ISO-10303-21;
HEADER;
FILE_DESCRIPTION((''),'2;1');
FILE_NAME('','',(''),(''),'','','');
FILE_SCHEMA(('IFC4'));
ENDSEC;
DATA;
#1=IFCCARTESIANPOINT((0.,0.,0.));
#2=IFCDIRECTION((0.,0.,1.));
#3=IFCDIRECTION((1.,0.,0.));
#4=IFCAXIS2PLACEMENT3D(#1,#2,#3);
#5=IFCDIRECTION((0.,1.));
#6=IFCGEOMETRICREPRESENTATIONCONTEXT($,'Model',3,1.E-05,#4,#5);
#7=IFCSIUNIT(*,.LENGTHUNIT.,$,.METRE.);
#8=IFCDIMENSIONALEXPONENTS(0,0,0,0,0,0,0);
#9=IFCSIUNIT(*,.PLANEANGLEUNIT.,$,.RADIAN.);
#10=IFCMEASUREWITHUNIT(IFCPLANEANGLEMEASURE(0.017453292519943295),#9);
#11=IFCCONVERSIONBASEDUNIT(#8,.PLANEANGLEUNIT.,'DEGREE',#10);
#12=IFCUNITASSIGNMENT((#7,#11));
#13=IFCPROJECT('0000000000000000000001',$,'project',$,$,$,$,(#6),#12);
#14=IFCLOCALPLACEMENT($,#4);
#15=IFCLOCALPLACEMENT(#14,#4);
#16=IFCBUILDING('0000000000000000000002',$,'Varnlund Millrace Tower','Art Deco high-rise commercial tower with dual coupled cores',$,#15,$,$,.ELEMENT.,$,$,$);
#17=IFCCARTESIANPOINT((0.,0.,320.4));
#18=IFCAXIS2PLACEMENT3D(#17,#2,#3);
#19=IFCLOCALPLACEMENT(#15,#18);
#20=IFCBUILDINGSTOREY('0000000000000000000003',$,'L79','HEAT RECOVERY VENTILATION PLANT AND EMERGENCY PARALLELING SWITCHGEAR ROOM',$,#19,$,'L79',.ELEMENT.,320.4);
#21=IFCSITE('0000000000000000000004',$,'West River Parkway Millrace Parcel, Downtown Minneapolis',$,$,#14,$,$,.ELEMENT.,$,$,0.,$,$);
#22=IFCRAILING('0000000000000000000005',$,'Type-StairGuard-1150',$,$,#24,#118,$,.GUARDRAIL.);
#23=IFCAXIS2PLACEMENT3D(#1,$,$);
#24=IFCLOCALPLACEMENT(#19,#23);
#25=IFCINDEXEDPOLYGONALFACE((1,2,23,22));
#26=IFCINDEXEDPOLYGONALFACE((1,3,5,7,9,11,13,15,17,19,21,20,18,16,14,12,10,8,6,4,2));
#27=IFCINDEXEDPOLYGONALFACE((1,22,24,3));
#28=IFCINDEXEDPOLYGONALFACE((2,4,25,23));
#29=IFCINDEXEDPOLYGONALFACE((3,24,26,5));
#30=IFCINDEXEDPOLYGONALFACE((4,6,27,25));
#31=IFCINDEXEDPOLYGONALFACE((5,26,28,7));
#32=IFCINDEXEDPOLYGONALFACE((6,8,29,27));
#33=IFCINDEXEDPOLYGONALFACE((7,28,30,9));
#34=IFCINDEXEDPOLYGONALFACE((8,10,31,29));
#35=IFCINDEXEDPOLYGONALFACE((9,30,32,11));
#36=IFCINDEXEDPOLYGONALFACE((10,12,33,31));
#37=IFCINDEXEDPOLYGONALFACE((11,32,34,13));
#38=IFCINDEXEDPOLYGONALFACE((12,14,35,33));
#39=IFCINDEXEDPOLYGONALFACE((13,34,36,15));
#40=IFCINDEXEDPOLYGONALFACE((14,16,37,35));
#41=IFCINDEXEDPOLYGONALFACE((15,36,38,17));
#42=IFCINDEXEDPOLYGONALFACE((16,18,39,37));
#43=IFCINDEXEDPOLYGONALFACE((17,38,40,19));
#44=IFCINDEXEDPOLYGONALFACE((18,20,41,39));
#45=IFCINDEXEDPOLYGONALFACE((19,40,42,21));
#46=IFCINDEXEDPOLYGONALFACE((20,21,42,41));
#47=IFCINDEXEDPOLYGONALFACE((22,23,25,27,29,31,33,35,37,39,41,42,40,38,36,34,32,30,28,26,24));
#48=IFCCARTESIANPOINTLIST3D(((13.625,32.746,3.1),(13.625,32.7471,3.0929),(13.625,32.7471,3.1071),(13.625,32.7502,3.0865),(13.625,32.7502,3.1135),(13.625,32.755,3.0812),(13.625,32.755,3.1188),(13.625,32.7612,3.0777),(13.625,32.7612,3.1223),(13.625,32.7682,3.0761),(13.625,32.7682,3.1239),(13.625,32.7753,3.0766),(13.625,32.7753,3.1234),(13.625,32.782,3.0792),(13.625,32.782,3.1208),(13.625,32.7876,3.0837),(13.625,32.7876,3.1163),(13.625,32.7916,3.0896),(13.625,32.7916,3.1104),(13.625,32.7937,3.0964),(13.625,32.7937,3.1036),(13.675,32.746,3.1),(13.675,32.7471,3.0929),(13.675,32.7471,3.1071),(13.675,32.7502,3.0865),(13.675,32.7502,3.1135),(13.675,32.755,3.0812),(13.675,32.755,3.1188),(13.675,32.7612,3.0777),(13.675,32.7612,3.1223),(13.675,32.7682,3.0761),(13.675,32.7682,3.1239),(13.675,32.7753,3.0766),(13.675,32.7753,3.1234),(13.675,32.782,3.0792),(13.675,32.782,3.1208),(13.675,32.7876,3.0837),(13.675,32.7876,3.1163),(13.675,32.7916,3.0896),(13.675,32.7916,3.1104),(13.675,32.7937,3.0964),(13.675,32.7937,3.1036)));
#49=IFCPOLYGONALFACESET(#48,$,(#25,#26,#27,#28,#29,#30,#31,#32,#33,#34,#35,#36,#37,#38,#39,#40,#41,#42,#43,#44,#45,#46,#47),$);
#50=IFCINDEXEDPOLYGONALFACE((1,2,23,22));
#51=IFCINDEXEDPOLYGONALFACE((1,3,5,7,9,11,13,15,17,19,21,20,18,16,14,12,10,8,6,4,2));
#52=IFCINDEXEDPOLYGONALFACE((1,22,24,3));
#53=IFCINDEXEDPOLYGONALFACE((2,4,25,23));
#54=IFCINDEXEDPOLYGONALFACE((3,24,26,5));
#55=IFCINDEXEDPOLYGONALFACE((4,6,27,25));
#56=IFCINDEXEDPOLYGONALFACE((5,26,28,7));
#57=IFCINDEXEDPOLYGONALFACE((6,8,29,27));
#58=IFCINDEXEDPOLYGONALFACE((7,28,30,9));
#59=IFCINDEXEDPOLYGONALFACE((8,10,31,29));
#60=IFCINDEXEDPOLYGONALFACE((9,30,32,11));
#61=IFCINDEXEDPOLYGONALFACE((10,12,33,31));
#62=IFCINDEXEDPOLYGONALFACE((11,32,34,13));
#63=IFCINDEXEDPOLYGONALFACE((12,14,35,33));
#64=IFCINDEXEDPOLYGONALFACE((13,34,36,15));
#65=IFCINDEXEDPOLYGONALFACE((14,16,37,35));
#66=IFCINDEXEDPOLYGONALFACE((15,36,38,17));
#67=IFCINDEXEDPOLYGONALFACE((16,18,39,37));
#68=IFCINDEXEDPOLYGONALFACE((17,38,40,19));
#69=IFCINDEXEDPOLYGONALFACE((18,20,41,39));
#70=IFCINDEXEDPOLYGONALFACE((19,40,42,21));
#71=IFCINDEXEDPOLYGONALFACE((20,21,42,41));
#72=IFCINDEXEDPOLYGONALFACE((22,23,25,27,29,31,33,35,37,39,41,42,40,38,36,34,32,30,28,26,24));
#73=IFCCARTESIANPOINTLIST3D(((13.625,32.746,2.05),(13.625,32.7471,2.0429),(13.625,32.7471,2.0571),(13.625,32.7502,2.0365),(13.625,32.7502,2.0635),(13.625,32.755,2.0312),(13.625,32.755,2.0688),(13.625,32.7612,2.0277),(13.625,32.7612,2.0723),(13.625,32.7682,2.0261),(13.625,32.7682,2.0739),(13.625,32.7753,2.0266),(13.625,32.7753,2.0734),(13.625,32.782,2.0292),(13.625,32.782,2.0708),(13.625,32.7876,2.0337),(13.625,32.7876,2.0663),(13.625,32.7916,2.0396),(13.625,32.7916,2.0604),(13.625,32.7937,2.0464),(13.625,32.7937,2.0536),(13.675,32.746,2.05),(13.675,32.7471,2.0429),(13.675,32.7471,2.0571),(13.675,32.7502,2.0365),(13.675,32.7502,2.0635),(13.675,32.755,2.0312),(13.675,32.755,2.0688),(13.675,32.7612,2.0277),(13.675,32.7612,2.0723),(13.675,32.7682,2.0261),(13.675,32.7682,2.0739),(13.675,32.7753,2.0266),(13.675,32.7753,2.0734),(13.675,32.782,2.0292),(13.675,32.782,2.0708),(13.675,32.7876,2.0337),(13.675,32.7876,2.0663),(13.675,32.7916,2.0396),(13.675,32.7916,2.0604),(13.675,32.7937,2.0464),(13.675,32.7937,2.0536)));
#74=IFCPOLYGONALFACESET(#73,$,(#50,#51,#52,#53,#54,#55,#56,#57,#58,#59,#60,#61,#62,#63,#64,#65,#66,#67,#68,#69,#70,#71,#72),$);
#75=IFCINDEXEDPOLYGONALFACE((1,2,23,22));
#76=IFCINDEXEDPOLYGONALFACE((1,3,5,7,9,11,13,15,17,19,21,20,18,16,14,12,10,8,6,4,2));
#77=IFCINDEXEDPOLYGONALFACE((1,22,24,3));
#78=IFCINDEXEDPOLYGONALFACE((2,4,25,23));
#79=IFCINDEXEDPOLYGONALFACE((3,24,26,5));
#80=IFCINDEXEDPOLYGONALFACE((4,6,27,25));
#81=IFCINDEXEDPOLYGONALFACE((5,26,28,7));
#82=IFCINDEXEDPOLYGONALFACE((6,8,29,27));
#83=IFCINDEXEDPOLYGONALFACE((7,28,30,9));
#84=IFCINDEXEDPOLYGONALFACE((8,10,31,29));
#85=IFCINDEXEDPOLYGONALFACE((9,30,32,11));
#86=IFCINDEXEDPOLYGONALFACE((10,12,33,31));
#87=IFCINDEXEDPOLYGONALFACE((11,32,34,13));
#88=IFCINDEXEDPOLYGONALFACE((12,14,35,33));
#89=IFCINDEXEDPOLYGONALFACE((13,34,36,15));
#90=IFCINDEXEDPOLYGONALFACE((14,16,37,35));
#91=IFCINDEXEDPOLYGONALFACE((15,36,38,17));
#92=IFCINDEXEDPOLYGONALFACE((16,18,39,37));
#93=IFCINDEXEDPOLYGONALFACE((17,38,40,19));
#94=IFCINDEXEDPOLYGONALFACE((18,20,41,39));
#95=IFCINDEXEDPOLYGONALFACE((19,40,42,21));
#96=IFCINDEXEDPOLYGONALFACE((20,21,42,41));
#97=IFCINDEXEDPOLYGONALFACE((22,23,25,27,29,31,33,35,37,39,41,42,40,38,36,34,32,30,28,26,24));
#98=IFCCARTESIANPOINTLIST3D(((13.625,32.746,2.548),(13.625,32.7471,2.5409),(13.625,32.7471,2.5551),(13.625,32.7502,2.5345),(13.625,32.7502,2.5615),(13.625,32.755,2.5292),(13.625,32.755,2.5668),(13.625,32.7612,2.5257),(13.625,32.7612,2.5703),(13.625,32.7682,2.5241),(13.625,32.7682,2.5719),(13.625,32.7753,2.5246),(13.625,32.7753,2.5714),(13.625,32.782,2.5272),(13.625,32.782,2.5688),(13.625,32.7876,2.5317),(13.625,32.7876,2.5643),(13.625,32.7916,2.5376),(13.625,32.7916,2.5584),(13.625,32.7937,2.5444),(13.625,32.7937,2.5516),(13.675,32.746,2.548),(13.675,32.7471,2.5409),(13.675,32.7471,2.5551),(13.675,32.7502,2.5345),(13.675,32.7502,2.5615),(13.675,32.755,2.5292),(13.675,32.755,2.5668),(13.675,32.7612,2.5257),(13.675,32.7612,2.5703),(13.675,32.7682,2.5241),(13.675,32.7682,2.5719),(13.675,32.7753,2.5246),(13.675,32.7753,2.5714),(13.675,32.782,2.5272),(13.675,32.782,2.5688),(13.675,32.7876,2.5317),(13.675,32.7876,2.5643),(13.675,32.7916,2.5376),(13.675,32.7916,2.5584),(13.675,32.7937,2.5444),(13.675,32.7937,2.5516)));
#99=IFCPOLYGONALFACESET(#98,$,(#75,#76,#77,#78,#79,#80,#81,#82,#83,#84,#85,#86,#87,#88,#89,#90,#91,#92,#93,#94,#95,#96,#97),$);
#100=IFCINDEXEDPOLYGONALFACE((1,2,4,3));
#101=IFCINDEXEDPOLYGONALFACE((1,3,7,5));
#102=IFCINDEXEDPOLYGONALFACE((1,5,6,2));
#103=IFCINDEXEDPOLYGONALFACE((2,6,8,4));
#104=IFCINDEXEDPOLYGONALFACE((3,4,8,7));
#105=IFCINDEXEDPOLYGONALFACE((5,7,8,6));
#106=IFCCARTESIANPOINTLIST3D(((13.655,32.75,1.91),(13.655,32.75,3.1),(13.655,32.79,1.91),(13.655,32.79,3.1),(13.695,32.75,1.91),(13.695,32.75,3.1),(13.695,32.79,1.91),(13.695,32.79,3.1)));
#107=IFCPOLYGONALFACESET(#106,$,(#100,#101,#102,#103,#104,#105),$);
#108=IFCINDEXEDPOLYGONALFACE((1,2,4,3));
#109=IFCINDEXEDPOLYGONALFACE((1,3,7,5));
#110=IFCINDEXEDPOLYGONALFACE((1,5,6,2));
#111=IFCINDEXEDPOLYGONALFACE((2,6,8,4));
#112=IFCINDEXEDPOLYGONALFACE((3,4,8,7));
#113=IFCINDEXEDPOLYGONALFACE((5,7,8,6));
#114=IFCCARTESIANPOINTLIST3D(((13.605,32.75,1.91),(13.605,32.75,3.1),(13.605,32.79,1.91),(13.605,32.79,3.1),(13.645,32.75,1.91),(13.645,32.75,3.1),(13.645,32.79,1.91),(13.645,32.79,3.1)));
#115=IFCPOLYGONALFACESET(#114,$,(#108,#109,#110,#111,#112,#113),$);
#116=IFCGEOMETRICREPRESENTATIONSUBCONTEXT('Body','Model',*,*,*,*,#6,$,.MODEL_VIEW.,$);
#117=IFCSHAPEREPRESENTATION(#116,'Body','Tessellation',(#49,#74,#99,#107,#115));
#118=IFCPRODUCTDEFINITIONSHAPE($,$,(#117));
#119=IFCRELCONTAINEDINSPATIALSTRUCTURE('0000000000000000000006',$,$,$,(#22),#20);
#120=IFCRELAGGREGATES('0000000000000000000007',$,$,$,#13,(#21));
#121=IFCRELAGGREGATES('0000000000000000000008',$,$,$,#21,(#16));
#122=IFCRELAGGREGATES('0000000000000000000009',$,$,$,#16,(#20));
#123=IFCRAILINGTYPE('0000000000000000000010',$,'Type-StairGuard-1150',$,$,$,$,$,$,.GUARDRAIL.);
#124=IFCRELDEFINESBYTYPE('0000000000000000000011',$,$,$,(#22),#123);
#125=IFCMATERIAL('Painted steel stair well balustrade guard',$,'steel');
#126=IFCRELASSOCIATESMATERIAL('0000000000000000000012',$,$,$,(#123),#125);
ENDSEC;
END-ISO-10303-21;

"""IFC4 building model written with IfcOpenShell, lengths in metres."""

from ifc_helpers import new_model, entity, si_unit, converted_unit, direction, frame, origin_with_axes, origin_2d_with_axis, place, context, subcontext, project, spatial, rectangle, circle, extrude, material, type_object, element, save


model = new_model("IFC4")

# Units and contexts
model_context = context("Model", 3, precision=1e-05, world=origin_with_axes(), true_north=direction((0.0, 1.0)))
body_context = subcontext(model_context, "Body", "Model", "MODEL_VIEW")
ifc_project = project(units=[si_unit("LENGTHUNIT", "METRE"), converted_unit("PLANEANGLEUNIT", "DEGREE", entity("IfcPlaneAngleMeasure", 0.017453292519943295), si_unit("PLANEANGLEUNIT", "RADIAN"), dimensions=[0, 0, 0, 0, 0, 0, 0])], contexts=[model_context])

# Site, building, storey
site_placement = place(None, origin_with_axes())
site = spatial("IfcSite", under=ifc_project, at=site_placement, Name="West River Parkway Millrace Parcel, Downtown Minneapolis", CompositionType="ELEMENT", RefElevation=0.0)
building_placement = place(site_placement, origin_with_axes())
building = spatial("IfcBuilding", under=site, at=building_placement, Name="Varnlund Millrace Tower", Description="Art Deco high-rise commercial tower with dual coupled cores", CompositionType="ELEMENT")
storey_placement = place(building_placement, frame((0.0, 0.0, 320.4), z_axis=(0.0, 0.0, 1.0), x_axis=(1.0, 0.0, 0.0)))
storey = spatial("IfcBuildingStorey", under=building, at=storey_placement, Name="L79", Description="HEAT RECOVERY VENTILATION PLANT AND EMERGENCY PARALLELING SWITCHGEAR ROOM", LongName="L79", CompositionType="ELEMENT", Elevation=320.4)

# Railing
ifc_material_1 = material(Name="Painted steel stair well balustrade guard", Category="steel")
railing_type_1 = type_object("IfcRailingType", Name="Type-StairGuard-1150", PredefinedType="GUARDRAIL", material=ifc_material_1)
railing_1_placement = place(storey_placement, frame((0.0, 0.0, -320.4), z_axis=(0.0, 0.0, 1.0), x_axis=(1.0, 0.0, 0.0)))
element("IfcRailing", 1, at=railing_1_placement, inside=storey, type_object=railing_type_1, Name="Type-StairGuard-1150", PredefinedType="GUARDRAIL", context=body_context, shape_type="SweptSolid", body=[
    extrude(circle(Radius=0.024, at=origin_2d_with_axis()), frame((13.675, 32.77, 323.5), z_axis=(-1.0, 0.0, 0.0), x_axis=(0.0, -1.0, 0.0)), (0.0, 0.0, 1.0), 0.05),
    extrude(circle(Radius=0.024, at=origin_2d_with_axis()), frame((13.675, 32.77, 322.45), z_axis=(-1.0, 0.0, 0.0), x_axis=(0.0, -1.0, 0.0)), (0.0, 0.0, 1.0), 0.05),
    extrude(circle(Radius=0.024, at=origin_2d_with_axis()), frame((13.675, 32.77, 322.948), z_axis=(-1.0, 0.0, 0.0), x_axis=(0.0, -1.0, 0.0)), (0.0, 0.0, 1.0), 0.05),
    extrude(rectangle(XDim=0.04, YDim=0.04, at=origin_2d_with_axis()), frame((13.675, 32.77, 322.31), z_axis=(0.0, 0.0, 1.0), x_axis=(1.0, 0.0, 0.0)), (0.0, 0.0, 1.0), 1.19),
    extrude(rectangle(XDim=0.04, YDim=0.04, at=origin_2d_with_axis()), frame((13.625, 32.77, 322.31), z_axis=(0.0, 0.0, 1.0), x_axis=(1.0, 0.0, 0.0)), (0.0, 0.0, 1.0), 1.19),
])

save(model, "model.ifc")
